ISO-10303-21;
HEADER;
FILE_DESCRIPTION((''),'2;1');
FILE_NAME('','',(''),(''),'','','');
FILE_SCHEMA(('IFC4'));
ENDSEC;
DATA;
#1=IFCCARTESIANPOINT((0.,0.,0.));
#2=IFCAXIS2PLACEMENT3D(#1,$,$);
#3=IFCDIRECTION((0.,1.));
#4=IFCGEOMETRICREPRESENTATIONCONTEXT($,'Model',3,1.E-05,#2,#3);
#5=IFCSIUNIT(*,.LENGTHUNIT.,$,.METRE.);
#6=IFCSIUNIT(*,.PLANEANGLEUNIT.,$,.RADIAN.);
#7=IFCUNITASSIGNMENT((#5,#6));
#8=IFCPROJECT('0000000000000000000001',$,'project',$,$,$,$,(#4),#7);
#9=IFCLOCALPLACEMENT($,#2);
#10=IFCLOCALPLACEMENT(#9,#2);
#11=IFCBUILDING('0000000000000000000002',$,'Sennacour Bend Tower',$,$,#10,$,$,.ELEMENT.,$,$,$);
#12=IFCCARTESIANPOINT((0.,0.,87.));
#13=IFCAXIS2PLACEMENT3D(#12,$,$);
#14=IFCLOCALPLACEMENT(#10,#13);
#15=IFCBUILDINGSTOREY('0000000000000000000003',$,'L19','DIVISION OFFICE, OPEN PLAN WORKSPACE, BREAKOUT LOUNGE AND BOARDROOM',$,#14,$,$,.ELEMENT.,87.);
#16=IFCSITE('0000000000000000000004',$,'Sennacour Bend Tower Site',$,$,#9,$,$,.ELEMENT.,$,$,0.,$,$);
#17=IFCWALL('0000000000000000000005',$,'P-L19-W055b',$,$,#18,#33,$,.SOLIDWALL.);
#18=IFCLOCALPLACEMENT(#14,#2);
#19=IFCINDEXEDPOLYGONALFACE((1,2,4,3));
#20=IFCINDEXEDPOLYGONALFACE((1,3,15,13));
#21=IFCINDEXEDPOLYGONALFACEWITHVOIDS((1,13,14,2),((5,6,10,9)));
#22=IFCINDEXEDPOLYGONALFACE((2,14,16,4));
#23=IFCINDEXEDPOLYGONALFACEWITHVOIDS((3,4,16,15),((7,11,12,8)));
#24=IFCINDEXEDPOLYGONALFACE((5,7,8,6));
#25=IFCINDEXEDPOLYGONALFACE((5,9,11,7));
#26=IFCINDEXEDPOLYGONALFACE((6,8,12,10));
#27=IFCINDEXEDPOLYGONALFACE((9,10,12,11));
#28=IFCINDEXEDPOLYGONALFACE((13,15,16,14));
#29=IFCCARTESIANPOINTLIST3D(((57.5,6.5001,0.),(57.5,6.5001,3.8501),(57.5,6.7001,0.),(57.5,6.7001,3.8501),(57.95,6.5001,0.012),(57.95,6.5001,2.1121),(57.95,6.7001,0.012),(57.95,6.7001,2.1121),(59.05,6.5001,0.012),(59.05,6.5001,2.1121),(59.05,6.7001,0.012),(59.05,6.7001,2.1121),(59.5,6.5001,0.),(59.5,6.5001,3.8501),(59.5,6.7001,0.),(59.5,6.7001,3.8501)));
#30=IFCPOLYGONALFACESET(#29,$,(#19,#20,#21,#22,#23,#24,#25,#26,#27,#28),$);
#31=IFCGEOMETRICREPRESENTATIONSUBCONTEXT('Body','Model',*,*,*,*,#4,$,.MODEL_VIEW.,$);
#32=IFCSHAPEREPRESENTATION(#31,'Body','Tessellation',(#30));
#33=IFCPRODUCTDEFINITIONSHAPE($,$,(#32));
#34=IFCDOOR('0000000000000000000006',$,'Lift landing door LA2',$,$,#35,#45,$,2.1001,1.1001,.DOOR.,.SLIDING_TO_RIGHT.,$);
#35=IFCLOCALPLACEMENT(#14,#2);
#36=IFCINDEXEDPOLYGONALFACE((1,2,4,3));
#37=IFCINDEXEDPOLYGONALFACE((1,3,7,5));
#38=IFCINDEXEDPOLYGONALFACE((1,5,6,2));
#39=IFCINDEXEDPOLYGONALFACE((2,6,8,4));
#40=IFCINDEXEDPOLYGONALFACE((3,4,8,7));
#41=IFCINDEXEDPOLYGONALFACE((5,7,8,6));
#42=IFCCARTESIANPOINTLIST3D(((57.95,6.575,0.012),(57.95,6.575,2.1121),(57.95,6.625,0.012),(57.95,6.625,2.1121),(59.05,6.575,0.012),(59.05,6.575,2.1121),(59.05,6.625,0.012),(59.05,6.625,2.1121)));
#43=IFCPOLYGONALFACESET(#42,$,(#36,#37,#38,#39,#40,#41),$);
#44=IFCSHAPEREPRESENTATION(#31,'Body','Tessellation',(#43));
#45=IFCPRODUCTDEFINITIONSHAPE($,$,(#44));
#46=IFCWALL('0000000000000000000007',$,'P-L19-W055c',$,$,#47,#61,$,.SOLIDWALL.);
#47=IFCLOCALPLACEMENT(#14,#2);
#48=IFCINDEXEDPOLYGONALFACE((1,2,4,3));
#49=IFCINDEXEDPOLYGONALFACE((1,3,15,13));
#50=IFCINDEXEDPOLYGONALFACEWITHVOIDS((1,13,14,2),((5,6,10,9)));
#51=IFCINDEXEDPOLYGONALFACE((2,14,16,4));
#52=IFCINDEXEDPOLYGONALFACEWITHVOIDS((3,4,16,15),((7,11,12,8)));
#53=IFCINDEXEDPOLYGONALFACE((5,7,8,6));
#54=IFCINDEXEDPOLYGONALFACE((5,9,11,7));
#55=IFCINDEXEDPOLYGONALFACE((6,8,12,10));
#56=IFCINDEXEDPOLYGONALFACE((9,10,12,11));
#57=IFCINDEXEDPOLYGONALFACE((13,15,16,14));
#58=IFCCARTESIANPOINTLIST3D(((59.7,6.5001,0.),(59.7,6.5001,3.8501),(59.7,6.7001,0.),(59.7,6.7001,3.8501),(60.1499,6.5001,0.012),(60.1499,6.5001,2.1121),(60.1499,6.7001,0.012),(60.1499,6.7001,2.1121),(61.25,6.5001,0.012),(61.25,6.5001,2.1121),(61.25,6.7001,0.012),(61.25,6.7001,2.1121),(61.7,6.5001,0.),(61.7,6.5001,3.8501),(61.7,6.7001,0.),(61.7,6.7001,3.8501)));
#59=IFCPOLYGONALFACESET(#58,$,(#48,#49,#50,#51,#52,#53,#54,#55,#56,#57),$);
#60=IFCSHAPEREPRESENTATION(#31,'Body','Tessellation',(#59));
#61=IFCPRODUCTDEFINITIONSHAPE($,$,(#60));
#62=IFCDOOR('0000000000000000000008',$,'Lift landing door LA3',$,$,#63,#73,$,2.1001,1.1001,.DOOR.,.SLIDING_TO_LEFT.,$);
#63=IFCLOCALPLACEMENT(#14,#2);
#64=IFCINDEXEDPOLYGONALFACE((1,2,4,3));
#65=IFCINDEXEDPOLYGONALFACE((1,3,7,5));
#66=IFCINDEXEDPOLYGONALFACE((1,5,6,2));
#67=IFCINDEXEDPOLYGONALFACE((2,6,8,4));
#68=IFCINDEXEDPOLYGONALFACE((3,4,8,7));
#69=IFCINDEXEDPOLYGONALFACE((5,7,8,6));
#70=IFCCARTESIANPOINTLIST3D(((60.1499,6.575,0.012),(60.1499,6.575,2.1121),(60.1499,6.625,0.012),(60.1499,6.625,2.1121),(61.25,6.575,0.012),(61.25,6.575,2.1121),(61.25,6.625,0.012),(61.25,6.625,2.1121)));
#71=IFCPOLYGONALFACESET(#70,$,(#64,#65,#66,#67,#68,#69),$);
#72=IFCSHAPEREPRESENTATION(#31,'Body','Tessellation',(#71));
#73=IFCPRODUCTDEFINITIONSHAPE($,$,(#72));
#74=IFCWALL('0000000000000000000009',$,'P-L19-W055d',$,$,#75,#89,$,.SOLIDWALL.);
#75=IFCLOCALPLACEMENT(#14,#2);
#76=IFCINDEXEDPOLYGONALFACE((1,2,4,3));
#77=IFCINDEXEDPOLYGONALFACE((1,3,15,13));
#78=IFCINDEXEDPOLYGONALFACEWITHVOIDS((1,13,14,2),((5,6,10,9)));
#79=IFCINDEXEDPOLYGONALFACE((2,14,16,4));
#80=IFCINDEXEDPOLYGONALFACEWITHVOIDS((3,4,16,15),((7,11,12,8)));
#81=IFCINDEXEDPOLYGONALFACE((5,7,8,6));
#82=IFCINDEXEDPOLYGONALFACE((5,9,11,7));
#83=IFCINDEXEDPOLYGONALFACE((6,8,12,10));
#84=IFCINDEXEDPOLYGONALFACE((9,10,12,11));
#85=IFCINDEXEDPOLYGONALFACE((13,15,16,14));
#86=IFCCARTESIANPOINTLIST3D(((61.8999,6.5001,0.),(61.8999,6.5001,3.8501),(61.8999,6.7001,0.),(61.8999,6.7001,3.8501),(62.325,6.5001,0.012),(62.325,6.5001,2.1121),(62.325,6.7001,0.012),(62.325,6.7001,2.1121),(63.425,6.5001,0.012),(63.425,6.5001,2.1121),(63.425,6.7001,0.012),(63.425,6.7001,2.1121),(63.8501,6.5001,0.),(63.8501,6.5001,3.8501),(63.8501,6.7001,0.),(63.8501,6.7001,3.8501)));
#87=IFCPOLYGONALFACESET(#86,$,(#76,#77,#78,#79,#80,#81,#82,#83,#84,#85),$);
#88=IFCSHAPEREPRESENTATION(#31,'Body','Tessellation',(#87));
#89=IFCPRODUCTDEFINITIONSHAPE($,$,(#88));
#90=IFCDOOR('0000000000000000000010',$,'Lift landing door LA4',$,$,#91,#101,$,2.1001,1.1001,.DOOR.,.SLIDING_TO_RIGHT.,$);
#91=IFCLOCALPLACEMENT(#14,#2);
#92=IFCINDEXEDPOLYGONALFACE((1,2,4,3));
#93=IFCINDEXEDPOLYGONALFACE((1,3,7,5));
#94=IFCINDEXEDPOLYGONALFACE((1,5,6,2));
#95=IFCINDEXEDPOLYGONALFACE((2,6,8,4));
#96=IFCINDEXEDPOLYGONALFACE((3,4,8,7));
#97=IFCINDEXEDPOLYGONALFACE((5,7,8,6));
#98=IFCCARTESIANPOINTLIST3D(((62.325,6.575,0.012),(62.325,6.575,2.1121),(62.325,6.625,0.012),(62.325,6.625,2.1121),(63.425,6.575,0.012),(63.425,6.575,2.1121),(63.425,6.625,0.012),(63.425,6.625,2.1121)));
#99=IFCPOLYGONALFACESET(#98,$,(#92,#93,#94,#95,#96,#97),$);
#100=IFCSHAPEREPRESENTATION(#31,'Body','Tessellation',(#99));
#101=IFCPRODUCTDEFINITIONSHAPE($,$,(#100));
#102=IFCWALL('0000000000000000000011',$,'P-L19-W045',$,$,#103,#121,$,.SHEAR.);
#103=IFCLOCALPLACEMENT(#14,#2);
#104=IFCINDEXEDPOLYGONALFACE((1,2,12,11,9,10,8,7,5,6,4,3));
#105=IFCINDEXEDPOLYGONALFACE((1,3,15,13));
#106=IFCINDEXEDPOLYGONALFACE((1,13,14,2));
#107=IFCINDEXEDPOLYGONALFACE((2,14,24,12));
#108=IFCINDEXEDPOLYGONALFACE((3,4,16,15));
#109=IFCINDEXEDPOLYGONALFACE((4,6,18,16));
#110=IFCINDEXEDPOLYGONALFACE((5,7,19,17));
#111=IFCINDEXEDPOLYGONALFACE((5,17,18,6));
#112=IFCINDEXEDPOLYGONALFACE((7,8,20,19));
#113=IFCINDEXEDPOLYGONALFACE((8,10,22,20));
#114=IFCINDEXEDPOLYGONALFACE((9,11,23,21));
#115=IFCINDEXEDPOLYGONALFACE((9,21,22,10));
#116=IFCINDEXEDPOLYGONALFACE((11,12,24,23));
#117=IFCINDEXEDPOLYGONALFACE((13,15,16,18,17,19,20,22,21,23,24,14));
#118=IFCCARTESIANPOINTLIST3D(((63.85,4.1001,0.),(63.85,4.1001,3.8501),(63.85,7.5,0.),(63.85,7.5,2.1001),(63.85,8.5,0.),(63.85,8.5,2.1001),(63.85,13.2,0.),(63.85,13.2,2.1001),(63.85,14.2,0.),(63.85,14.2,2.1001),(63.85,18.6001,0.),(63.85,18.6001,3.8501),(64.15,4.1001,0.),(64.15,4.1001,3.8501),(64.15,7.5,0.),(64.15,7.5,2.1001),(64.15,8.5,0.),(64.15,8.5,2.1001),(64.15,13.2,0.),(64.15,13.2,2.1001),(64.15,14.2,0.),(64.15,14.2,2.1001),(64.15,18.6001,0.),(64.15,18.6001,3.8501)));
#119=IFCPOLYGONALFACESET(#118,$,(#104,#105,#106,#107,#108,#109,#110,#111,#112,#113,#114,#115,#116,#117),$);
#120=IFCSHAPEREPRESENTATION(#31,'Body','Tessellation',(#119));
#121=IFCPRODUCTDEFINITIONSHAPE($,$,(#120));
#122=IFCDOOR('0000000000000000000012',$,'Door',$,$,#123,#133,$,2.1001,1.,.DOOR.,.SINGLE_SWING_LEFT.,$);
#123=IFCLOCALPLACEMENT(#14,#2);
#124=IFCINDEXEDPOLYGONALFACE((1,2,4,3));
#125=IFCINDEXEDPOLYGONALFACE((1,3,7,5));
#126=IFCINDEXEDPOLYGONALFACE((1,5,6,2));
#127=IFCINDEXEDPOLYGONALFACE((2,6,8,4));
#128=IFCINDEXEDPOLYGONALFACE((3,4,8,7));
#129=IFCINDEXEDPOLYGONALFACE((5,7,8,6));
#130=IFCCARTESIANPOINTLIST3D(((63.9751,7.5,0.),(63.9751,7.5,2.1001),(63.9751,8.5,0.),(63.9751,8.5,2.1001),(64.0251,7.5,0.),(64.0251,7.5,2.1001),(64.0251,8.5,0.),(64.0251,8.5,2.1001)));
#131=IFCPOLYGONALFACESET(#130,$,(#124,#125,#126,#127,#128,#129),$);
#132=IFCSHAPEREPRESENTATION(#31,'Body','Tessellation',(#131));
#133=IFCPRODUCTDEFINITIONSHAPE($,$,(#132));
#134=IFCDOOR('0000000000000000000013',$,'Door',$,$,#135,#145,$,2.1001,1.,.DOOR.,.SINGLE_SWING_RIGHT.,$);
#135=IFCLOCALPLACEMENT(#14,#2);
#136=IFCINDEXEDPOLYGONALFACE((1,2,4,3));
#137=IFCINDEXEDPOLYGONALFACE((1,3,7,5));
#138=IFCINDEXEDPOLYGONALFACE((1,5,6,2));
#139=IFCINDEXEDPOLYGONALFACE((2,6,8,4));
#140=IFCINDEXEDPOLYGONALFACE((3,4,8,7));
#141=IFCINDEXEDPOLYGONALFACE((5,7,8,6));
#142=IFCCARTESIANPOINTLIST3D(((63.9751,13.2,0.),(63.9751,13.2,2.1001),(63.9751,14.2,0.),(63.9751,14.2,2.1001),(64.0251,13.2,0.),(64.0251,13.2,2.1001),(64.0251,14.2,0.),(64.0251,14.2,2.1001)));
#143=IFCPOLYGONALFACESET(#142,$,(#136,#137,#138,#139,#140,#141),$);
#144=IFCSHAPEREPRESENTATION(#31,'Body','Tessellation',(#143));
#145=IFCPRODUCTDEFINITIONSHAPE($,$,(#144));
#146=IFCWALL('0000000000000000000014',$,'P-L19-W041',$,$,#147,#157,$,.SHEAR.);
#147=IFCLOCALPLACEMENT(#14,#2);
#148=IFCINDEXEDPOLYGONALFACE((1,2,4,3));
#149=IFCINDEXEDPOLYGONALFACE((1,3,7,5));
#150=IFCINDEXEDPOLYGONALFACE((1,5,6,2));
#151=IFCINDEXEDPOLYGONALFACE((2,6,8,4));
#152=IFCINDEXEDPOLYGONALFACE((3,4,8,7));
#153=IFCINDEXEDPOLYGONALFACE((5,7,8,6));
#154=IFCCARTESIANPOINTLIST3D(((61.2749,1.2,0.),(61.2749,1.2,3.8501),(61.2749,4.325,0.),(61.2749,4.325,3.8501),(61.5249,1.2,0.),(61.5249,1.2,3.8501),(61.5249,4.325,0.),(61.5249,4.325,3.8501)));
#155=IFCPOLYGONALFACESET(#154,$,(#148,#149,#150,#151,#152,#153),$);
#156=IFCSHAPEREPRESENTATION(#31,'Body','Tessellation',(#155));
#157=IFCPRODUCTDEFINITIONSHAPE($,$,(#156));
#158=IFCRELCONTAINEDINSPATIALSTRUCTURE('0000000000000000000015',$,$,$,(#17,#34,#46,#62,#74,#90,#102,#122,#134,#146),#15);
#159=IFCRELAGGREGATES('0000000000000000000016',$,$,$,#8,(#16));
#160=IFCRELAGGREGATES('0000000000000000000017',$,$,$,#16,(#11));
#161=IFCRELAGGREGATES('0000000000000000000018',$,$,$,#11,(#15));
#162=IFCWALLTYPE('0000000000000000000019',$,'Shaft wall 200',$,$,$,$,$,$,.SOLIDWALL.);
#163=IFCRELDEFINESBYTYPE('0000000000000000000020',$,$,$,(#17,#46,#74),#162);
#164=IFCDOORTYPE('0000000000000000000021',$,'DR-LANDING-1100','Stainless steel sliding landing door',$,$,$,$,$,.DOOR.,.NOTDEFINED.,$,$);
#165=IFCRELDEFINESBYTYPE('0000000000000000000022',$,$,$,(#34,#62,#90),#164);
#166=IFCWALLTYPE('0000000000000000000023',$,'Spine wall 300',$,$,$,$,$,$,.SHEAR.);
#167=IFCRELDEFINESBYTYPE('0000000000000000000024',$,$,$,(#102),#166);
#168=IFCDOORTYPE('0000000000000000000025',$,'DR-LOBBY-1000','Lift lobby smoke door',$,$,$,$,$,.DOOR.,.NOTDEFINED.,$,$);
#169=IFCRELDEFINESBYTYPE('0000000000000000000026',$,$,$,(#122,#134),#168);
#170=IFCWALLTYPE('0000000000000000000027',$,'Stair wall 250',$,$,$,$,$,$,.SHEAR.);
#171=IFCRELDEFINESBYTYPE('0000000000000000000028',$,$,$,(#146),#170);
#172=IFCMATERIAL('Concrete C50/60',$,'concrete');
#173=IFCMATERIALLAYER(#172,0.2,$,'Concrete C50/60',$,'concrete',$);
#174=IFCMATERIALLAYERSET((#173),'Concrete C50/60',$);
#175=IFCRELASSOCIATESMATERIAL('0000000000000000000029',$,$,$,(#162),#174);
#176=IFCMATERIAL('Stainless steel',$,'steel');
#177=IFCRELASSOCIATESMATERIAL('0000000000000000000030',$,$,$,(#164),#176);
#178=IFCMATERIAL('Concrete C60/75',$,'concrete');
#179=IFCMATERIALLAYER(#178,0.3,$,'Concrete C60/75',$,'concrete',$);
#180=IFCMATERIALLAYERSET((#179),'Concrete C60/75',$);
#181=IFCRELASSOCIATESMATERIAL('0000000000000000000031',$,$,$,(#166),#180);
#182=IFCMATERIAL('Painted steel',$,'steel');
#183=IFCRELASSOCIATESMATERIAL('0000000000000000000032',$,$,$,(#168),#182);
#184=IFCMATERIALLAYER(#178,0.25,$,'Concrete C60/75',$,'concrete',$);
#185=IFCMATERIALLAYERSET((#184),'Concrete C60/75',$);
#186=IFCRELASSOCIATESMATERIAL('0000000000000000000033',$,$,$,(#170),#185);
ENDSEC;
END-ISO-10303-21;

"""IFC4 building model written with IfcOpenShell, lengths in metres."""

from ifc_helpers import new_model, si_unit, direction, frame, frame_2d, origin, place, context, subcontext, project, spatial, rectangle, extrude, material, layer, layer_set, type_object, element, fill, save


model = new_model("IFC4")

# Units and contexts
model_context = context("Model", 3, precision=1e-05, world=origin(), true_north=direction((0.0, 1.0)))
body_context = subcontext(model_context, "Body", "Model", "MODEL_VIEW")
ifc_project = project(units=[si_unit("LENGTHUNIT", "METRE"), si_unit("PLANEANGLEUNIT", "RADIAN")], contexts=[model_context])

# Site, building, storey
site_placement = place(None, origin())
site = spatial("IfcSite", under=ifc_project, at=site_placement, Name="Sennacour Bend Tower Site", CompositionType="ELEMENT", RefElevation=0.0)
building_placement = place(site_placement, origin())
building = spatial("IfcBuilding", under=site, at=building_placement, Name="Sennacour Bend Tower", CompositionType="ELEMENT")
storey_placement = place(building_placement, frame((0.0, 0.0, 87.0)))
storey = spatial("IfcBuildingStorey", under=building, at=storey_placement, Name="L19", Description="DIVISION OFFICE, OPEN PLAN WORKSPACE, BREAKOUT LOUNGE AND BOARDROOM", CompositionType="ELEMENT", Elevation=87.0)

# Shared definitions
ifc_material_1 = material(Name="Painted steel", Category="steel")

# Shared definitions
ifc_material_2 = material(Name="Concrete C50/60", Category="concrete")
ifc_layer_1 = layer(ifc_material_2, 0.2, Name="Concrete C50/60", Category="concrete")
ifc_layer_set_1 = layer_set([ifc_layer_1], Name="Concrete C50/60")
wall_type_1 = type_object("IfcWallType", Name="Shaft wall 200", PredefinedType="SOLIDWALL", material=ifc_layer_set_1)

# Walls, openings, doors
wall_1_placement = place(storey_placement, frame((57.5, 6.6001, 0.0), z_axis=(0.0, 0.0, 1.0), x_axis=(1.0, 0.0, 0.0)))
wall_1 = element("IfcWall", 1, at=wall_1_placement, inside=storey, type_object=wall_type_1, Name="P-L19-W055b", PredefinedType="SOLIDWALL", context=body_context, shape_type="SweptSolid", body=[
    extrude(rectangle(XDim=2.0, YDim=0.2, at=frame_2d((1.0, 0.0))), origin(), (0.0, 0.0, 1.0), 3.8501),
])
opening_1_placement = place(wall_1_placement, frame((0.45, 0.0, 0.012)))
opening_1 = element("IfcOpeningElement", 2, at=opening_1_placement, cuts=wall_1, PredefinedType="OPENING", context=body_context, shape_type="SweptSolid", body=[
    extrude(rectangle(XDim=1.1001, YDim=2.1001, at=frame_2d((0.55, 1.05))), frame((0.0, 0.1099, 0.0), z_axis=(0.0, -1.0, 0.0), x_axis=(1.0, 0.0, 0.0)), (0.0, 0.0, 1.0), 0.22),
])
ifc_material_3 = material(Name="Stainless steel", Category="steel")
door_type_1 = type_object("IfcDoorType", Name="DR-LANDING-1100", Description="Stainless steel sliding landing door", OperationType="NOTDEFINED", PredefinedType="DOOR", material=ifc_material_3)
door_1_placement = place(opening_1_placement, origin())
door_1 = element("IfcDoor", 3, at=door_1_placement, inside=storey, type_object=door_type_1, Name="Lift landing door LA2", OperationType="SLIDING_TO_RIGHT", OverallHeight=2.1001, OverallWidth=1.1001, PredefinedType="DOOR", context=body_context, shape_type="SweptSolid", body=[
    extrude(rectangle(XDim=1.1001, YDim=2.1001, at=frame_2d((0.55, 1.05))), frame((0.0, 0.0249, 0.0), z_axis=(0.0, -1.0, 0.0), x_axis=(1.0, 0.0, 0.0)), (0.0, 0.0, 1.0), 0.05),
])
fill(opening_1, door_1)
wall_2_placement = place(storey_placement, frame((59.7, 6.6001, 0.0), z_axis=(0.0, 0.0, 1.0), x_axis=(1.0, 0.0, 0.0)))
wall_2 = element("IfcWall", 4, at=wall_2_placement, inside=storey, type_object=wall_type_1, Name="P-L19-W055c", PredefinedType="SOLIDWALL", context=body_context, shape_type="SweptSolid", body=[
    extrude(rectangle(XDim=2.0, YDim=0.2, at=frame_2d((1.0, 0.0))), origin(), (0.0, 0.0, 1.0), 3.8501),
])
opening_2_placement = place(wall_2_placement, frame((0.45, 0.0, 0.012)))
opening_2 = element("IfcOpeningElement", 5, at=opening_2_placement, cuts=wall_2, PredefinedType="OPENING", context=body_context, shape_type="SweptSolid", body=[
    extrude(rectangle(XDim=1.1001, YDim=2.1001, at=frame_2d((0.55, 1.05))), frame((0.0, 0.1099, 0.0), z_axis=(0.0, -1.0, 0.0), x_axis=(1.0, 0.0, 0.0)), (0.0, 0.0, 1.0), 0.22),
])
door_2_placement = place(opening_2_placement, origin())
door_2 = element("IfcDoor", 6, at=door_2_placement, inside=storey, type_object=door_type_1, Name="Lift landing door LA3", OperationType="SLIDING_TO_LEFT", OverallHeight=2.1001, OverallWidth=1.1001, PredefinedType="DOOR", context=body_context, shape_type="SweptSolid", body=[
    extrude(rectangle(XDim=1.1001, YDim=2.1001, at=frame_2d((0.55, 1.05))), frame((0.0, 0.0249, 0.0), z_axis=(0.0, -1.0, 0.0), x_axis=(1.0, 0.0, 0.0)), (0.0, 0.0, 1.0), 0.05),
])
fill(opening_2, door_2)
wall_3_placement = place(storey_placement, frame((61.8999, 6.6001, 0.0), z_axis=(0.0, 0.0, 1.0), x_axis=(1.0, 0.0, 0.0)))
wall_3 = element("IfcWall", 7, at=wall_3_placement, inside=storey, type_object=wall_type_1, Name="P-L19-W055d", PredefinedType="SOLIDWALL", context=body_context, shape_type="SweptSolid", body=[
    extrude(rectangle(XDim=1.9502, YDim=0.2, at=frame_2d((0.9751, 0.0))), origin(), (0.0, 0.0, 1.0), 3.8501),
])
opening_3_placement = place(wall_3_placement, frame((0.425, 0.0, 0.012)))
opening_3 = element("IfcOpeningElement", 8, at=opening_3_placement, cuts=wall_3, PredefinedType="OPENING", context=body_context, shape_type="SweptSolid", body=[
    extrude(rectangle(XDim=1.1001, YDim=2.1001, at=frame_2d((0.55, 1.05))), frame((0.0, 0.1099, 0.0), z_axis=(0.0, -1.0, 0.0), x_axis=(1.0, 0.0, 0.0)), (0.0, 0.0, 1.0), 0.22),
])
door_3_placement = place(opening_3_placement, origin())
door_3 = element("IfcDoor", 9, at=door_3_placement, inside=storey, type_object=door_type_1, Name="Lift landing door LA4", OperationType="SLIDING_TO_RIGHT", OverallHeight=2.1001, OverallWidth=1.1001, PredefinedType="DOOR", context=body_context, shape_type="SweptSolid", body=[
    extrude(rectangle(XDim=1.1001, YDim=2.1001, at=frame_2d((0.55, 1.05))), frame((0.0, 0.0249, 0.0), z_axis=(0.0, -1.0, 0.0), x_axis=(1.0, 0.0, 0.0)), (0.0, 0.0, 1.0), 0.05),
])
fill(opening_3, door_3)

# Wall, openings, doors
ifc_material_4 = material(Name="Concrete C60/75", Category="concrete")
ifc_layer_2 = layer(ifc_material_4, 0.3, Name="Concrete C60/75", Category="concrete")
ifc_layer_set_2 = layer_set([ifc_layer_2], Name="Concrete C60/75")
wall_type_2 = type_object("IfcWallType", Name="Spine wall 300", PredefinedType="SHEAR", material=ifc_layer_set_2)
wall_4_placement = place(storey_placement, frame((64.0, 4.1001, 0.0), z_axis=(0.0, 0.0, 1.0), x_axis=(0.0, 1.0, 0.0)))
wall_4 = element("IfcWall", 10, at=wall_4_placement, inside=storey, type_object=wall_type_2, Name="P-L19-W045", PredefinedType="SHEAR", context=body_context, shape_type="SweptSolid", body=[
    extrude(rectangle(XDim=14.5, YDim=0.3, at=frame_2d((7.25, 0.0))), origin(), (0.0, 0.0, 1.0), 3.8501),
])
opening_4_placement = place(wall_4_placement, frame((3.3999, 0.0, 0.0)))
opening_4 = element("IfcOpeningElement", 11, at=opening_4_placement, cuts=wall_4, PredefinedType="OPENING", context=body_context, shape_type="SweptSolid", body=[
    extrude(rectangle(XDim=1.0, YDim=2.1001, at=frame_2d((0.5, 1.05))), frame((0.0, 0.1602, 0.0), z_axis=(0.0, -1.0, 0.0), x_axis=(1.0, 0.0, 0.0)), (0.0, 0.0, 1.0), 0.3201),
])
opening_5_placement = place(wall_4_placement, frame((9.0999, 0.0, 0.0)))
opening_5 = element("IfcOpeningElement", 12, at=opening_5_placement, cuts=wall_4, PredefinedType="OPENING", context=body_context, shape_type="SweptSolid", body=[
    extrude(rectangle(XDim=1.0, YDim=2.1001, at=frame_2d((0.5, 1.05))), frame((0.0, 0.1602, 0.0), z_axis=(0.0, -1.0, 0.0), x_axis=(1.0, 0.0, 0.0)), (0.0, 0.0, 1.0), 0.3201),
])
door_type_2 = type_object("IfcDoorType", Name="DR-LOBBY-1000", Description="Lift lobby smoke door", OperationType="NOTDEFINED", PredefinedType="DOOR", material=ifc_material_1)
door_4_placement = place(opening_4_placement, origin())
door_4 = element("IfcDoor", 13, at=door_4_placement, inside=storey, type_object=door_type_2, Name="Door", OperationType="SINGLE_SWING_LEFT", OverallHeight=2.1001, OverallWidth=1.0, PredefinedType="DOOR", context=body_context, shape_type="SweptSolid", body=[
    extrude(rectangle(XDim=1.0, YDim=2.1001, at=frame_2d((0.5, 1.05))), frame((0.0, 0.0249, 0.0), z_axis=(0.0, -1.0, 0.0), x_axis=(1.0, 0.0, 0.0)), (0.0, 0.0, 1.0), 0.05),
])
fill(opening_4, door_4)
door_5_placement = place(opening_5_placement, origin())
door_5 = element("IfcDoor", 14, at=door_5_placement, inside=storey, type_object=door_type_2, Name="Door", OperationType="SINGLE_SWING_RIGHT", OverallHeight=2.1001, OverallWidth=1.0, PredefinedType="DOOR", context=body_context, shape_type="SweptSolid", body=[
    extrude(rectangle(XDim=1.0, YDim=2.1001, at=frame_2d((0.5, 1.05))), frame((0.0, 0.0249, 0.0), z_axis=(0.0, -1.0, 0.0), x_axis=(1.0, 0.0, 0.0)), (0.0, 0.0, 1.0), 0.05),
])
fill(opening_5, door_5)

# Wall
ifc_layer_3 = layer(ifc_material_4, 0.25, Name="Concrete C60/75", Category="concrete")
ifc_layer_set_3 = layer_set([ifc_layer_3], Name="Concrete C60/75")
wall_type_3 = type_object("IfcWallType", Name="Stair wall 250", PredefinedType="SHEAR", material=ifc_layer_set_3)
wall_5_placement = place(storey_placement, frame((61.3999, 1.2, 0.0), z_axis=(0.0, 0.0, 1.0), x_axis=(0.0, 1.0, 0.0)))
element("IfcWall", 15, at=wall_5_placement, inside=storey, type_object=wall_type_3, Name="P-L19-W041", PredefinedType="SHEAR", context=body_context, shape_type="SweptSolid", body=[
    extrude(rectangle(XDim=3.125, YDim=0.25, at=frame_2d((1.5625, 0.0))), origin(), (0.0, 0.0, 1.0), 3.8501),
])

save(model, "model.ifc")
